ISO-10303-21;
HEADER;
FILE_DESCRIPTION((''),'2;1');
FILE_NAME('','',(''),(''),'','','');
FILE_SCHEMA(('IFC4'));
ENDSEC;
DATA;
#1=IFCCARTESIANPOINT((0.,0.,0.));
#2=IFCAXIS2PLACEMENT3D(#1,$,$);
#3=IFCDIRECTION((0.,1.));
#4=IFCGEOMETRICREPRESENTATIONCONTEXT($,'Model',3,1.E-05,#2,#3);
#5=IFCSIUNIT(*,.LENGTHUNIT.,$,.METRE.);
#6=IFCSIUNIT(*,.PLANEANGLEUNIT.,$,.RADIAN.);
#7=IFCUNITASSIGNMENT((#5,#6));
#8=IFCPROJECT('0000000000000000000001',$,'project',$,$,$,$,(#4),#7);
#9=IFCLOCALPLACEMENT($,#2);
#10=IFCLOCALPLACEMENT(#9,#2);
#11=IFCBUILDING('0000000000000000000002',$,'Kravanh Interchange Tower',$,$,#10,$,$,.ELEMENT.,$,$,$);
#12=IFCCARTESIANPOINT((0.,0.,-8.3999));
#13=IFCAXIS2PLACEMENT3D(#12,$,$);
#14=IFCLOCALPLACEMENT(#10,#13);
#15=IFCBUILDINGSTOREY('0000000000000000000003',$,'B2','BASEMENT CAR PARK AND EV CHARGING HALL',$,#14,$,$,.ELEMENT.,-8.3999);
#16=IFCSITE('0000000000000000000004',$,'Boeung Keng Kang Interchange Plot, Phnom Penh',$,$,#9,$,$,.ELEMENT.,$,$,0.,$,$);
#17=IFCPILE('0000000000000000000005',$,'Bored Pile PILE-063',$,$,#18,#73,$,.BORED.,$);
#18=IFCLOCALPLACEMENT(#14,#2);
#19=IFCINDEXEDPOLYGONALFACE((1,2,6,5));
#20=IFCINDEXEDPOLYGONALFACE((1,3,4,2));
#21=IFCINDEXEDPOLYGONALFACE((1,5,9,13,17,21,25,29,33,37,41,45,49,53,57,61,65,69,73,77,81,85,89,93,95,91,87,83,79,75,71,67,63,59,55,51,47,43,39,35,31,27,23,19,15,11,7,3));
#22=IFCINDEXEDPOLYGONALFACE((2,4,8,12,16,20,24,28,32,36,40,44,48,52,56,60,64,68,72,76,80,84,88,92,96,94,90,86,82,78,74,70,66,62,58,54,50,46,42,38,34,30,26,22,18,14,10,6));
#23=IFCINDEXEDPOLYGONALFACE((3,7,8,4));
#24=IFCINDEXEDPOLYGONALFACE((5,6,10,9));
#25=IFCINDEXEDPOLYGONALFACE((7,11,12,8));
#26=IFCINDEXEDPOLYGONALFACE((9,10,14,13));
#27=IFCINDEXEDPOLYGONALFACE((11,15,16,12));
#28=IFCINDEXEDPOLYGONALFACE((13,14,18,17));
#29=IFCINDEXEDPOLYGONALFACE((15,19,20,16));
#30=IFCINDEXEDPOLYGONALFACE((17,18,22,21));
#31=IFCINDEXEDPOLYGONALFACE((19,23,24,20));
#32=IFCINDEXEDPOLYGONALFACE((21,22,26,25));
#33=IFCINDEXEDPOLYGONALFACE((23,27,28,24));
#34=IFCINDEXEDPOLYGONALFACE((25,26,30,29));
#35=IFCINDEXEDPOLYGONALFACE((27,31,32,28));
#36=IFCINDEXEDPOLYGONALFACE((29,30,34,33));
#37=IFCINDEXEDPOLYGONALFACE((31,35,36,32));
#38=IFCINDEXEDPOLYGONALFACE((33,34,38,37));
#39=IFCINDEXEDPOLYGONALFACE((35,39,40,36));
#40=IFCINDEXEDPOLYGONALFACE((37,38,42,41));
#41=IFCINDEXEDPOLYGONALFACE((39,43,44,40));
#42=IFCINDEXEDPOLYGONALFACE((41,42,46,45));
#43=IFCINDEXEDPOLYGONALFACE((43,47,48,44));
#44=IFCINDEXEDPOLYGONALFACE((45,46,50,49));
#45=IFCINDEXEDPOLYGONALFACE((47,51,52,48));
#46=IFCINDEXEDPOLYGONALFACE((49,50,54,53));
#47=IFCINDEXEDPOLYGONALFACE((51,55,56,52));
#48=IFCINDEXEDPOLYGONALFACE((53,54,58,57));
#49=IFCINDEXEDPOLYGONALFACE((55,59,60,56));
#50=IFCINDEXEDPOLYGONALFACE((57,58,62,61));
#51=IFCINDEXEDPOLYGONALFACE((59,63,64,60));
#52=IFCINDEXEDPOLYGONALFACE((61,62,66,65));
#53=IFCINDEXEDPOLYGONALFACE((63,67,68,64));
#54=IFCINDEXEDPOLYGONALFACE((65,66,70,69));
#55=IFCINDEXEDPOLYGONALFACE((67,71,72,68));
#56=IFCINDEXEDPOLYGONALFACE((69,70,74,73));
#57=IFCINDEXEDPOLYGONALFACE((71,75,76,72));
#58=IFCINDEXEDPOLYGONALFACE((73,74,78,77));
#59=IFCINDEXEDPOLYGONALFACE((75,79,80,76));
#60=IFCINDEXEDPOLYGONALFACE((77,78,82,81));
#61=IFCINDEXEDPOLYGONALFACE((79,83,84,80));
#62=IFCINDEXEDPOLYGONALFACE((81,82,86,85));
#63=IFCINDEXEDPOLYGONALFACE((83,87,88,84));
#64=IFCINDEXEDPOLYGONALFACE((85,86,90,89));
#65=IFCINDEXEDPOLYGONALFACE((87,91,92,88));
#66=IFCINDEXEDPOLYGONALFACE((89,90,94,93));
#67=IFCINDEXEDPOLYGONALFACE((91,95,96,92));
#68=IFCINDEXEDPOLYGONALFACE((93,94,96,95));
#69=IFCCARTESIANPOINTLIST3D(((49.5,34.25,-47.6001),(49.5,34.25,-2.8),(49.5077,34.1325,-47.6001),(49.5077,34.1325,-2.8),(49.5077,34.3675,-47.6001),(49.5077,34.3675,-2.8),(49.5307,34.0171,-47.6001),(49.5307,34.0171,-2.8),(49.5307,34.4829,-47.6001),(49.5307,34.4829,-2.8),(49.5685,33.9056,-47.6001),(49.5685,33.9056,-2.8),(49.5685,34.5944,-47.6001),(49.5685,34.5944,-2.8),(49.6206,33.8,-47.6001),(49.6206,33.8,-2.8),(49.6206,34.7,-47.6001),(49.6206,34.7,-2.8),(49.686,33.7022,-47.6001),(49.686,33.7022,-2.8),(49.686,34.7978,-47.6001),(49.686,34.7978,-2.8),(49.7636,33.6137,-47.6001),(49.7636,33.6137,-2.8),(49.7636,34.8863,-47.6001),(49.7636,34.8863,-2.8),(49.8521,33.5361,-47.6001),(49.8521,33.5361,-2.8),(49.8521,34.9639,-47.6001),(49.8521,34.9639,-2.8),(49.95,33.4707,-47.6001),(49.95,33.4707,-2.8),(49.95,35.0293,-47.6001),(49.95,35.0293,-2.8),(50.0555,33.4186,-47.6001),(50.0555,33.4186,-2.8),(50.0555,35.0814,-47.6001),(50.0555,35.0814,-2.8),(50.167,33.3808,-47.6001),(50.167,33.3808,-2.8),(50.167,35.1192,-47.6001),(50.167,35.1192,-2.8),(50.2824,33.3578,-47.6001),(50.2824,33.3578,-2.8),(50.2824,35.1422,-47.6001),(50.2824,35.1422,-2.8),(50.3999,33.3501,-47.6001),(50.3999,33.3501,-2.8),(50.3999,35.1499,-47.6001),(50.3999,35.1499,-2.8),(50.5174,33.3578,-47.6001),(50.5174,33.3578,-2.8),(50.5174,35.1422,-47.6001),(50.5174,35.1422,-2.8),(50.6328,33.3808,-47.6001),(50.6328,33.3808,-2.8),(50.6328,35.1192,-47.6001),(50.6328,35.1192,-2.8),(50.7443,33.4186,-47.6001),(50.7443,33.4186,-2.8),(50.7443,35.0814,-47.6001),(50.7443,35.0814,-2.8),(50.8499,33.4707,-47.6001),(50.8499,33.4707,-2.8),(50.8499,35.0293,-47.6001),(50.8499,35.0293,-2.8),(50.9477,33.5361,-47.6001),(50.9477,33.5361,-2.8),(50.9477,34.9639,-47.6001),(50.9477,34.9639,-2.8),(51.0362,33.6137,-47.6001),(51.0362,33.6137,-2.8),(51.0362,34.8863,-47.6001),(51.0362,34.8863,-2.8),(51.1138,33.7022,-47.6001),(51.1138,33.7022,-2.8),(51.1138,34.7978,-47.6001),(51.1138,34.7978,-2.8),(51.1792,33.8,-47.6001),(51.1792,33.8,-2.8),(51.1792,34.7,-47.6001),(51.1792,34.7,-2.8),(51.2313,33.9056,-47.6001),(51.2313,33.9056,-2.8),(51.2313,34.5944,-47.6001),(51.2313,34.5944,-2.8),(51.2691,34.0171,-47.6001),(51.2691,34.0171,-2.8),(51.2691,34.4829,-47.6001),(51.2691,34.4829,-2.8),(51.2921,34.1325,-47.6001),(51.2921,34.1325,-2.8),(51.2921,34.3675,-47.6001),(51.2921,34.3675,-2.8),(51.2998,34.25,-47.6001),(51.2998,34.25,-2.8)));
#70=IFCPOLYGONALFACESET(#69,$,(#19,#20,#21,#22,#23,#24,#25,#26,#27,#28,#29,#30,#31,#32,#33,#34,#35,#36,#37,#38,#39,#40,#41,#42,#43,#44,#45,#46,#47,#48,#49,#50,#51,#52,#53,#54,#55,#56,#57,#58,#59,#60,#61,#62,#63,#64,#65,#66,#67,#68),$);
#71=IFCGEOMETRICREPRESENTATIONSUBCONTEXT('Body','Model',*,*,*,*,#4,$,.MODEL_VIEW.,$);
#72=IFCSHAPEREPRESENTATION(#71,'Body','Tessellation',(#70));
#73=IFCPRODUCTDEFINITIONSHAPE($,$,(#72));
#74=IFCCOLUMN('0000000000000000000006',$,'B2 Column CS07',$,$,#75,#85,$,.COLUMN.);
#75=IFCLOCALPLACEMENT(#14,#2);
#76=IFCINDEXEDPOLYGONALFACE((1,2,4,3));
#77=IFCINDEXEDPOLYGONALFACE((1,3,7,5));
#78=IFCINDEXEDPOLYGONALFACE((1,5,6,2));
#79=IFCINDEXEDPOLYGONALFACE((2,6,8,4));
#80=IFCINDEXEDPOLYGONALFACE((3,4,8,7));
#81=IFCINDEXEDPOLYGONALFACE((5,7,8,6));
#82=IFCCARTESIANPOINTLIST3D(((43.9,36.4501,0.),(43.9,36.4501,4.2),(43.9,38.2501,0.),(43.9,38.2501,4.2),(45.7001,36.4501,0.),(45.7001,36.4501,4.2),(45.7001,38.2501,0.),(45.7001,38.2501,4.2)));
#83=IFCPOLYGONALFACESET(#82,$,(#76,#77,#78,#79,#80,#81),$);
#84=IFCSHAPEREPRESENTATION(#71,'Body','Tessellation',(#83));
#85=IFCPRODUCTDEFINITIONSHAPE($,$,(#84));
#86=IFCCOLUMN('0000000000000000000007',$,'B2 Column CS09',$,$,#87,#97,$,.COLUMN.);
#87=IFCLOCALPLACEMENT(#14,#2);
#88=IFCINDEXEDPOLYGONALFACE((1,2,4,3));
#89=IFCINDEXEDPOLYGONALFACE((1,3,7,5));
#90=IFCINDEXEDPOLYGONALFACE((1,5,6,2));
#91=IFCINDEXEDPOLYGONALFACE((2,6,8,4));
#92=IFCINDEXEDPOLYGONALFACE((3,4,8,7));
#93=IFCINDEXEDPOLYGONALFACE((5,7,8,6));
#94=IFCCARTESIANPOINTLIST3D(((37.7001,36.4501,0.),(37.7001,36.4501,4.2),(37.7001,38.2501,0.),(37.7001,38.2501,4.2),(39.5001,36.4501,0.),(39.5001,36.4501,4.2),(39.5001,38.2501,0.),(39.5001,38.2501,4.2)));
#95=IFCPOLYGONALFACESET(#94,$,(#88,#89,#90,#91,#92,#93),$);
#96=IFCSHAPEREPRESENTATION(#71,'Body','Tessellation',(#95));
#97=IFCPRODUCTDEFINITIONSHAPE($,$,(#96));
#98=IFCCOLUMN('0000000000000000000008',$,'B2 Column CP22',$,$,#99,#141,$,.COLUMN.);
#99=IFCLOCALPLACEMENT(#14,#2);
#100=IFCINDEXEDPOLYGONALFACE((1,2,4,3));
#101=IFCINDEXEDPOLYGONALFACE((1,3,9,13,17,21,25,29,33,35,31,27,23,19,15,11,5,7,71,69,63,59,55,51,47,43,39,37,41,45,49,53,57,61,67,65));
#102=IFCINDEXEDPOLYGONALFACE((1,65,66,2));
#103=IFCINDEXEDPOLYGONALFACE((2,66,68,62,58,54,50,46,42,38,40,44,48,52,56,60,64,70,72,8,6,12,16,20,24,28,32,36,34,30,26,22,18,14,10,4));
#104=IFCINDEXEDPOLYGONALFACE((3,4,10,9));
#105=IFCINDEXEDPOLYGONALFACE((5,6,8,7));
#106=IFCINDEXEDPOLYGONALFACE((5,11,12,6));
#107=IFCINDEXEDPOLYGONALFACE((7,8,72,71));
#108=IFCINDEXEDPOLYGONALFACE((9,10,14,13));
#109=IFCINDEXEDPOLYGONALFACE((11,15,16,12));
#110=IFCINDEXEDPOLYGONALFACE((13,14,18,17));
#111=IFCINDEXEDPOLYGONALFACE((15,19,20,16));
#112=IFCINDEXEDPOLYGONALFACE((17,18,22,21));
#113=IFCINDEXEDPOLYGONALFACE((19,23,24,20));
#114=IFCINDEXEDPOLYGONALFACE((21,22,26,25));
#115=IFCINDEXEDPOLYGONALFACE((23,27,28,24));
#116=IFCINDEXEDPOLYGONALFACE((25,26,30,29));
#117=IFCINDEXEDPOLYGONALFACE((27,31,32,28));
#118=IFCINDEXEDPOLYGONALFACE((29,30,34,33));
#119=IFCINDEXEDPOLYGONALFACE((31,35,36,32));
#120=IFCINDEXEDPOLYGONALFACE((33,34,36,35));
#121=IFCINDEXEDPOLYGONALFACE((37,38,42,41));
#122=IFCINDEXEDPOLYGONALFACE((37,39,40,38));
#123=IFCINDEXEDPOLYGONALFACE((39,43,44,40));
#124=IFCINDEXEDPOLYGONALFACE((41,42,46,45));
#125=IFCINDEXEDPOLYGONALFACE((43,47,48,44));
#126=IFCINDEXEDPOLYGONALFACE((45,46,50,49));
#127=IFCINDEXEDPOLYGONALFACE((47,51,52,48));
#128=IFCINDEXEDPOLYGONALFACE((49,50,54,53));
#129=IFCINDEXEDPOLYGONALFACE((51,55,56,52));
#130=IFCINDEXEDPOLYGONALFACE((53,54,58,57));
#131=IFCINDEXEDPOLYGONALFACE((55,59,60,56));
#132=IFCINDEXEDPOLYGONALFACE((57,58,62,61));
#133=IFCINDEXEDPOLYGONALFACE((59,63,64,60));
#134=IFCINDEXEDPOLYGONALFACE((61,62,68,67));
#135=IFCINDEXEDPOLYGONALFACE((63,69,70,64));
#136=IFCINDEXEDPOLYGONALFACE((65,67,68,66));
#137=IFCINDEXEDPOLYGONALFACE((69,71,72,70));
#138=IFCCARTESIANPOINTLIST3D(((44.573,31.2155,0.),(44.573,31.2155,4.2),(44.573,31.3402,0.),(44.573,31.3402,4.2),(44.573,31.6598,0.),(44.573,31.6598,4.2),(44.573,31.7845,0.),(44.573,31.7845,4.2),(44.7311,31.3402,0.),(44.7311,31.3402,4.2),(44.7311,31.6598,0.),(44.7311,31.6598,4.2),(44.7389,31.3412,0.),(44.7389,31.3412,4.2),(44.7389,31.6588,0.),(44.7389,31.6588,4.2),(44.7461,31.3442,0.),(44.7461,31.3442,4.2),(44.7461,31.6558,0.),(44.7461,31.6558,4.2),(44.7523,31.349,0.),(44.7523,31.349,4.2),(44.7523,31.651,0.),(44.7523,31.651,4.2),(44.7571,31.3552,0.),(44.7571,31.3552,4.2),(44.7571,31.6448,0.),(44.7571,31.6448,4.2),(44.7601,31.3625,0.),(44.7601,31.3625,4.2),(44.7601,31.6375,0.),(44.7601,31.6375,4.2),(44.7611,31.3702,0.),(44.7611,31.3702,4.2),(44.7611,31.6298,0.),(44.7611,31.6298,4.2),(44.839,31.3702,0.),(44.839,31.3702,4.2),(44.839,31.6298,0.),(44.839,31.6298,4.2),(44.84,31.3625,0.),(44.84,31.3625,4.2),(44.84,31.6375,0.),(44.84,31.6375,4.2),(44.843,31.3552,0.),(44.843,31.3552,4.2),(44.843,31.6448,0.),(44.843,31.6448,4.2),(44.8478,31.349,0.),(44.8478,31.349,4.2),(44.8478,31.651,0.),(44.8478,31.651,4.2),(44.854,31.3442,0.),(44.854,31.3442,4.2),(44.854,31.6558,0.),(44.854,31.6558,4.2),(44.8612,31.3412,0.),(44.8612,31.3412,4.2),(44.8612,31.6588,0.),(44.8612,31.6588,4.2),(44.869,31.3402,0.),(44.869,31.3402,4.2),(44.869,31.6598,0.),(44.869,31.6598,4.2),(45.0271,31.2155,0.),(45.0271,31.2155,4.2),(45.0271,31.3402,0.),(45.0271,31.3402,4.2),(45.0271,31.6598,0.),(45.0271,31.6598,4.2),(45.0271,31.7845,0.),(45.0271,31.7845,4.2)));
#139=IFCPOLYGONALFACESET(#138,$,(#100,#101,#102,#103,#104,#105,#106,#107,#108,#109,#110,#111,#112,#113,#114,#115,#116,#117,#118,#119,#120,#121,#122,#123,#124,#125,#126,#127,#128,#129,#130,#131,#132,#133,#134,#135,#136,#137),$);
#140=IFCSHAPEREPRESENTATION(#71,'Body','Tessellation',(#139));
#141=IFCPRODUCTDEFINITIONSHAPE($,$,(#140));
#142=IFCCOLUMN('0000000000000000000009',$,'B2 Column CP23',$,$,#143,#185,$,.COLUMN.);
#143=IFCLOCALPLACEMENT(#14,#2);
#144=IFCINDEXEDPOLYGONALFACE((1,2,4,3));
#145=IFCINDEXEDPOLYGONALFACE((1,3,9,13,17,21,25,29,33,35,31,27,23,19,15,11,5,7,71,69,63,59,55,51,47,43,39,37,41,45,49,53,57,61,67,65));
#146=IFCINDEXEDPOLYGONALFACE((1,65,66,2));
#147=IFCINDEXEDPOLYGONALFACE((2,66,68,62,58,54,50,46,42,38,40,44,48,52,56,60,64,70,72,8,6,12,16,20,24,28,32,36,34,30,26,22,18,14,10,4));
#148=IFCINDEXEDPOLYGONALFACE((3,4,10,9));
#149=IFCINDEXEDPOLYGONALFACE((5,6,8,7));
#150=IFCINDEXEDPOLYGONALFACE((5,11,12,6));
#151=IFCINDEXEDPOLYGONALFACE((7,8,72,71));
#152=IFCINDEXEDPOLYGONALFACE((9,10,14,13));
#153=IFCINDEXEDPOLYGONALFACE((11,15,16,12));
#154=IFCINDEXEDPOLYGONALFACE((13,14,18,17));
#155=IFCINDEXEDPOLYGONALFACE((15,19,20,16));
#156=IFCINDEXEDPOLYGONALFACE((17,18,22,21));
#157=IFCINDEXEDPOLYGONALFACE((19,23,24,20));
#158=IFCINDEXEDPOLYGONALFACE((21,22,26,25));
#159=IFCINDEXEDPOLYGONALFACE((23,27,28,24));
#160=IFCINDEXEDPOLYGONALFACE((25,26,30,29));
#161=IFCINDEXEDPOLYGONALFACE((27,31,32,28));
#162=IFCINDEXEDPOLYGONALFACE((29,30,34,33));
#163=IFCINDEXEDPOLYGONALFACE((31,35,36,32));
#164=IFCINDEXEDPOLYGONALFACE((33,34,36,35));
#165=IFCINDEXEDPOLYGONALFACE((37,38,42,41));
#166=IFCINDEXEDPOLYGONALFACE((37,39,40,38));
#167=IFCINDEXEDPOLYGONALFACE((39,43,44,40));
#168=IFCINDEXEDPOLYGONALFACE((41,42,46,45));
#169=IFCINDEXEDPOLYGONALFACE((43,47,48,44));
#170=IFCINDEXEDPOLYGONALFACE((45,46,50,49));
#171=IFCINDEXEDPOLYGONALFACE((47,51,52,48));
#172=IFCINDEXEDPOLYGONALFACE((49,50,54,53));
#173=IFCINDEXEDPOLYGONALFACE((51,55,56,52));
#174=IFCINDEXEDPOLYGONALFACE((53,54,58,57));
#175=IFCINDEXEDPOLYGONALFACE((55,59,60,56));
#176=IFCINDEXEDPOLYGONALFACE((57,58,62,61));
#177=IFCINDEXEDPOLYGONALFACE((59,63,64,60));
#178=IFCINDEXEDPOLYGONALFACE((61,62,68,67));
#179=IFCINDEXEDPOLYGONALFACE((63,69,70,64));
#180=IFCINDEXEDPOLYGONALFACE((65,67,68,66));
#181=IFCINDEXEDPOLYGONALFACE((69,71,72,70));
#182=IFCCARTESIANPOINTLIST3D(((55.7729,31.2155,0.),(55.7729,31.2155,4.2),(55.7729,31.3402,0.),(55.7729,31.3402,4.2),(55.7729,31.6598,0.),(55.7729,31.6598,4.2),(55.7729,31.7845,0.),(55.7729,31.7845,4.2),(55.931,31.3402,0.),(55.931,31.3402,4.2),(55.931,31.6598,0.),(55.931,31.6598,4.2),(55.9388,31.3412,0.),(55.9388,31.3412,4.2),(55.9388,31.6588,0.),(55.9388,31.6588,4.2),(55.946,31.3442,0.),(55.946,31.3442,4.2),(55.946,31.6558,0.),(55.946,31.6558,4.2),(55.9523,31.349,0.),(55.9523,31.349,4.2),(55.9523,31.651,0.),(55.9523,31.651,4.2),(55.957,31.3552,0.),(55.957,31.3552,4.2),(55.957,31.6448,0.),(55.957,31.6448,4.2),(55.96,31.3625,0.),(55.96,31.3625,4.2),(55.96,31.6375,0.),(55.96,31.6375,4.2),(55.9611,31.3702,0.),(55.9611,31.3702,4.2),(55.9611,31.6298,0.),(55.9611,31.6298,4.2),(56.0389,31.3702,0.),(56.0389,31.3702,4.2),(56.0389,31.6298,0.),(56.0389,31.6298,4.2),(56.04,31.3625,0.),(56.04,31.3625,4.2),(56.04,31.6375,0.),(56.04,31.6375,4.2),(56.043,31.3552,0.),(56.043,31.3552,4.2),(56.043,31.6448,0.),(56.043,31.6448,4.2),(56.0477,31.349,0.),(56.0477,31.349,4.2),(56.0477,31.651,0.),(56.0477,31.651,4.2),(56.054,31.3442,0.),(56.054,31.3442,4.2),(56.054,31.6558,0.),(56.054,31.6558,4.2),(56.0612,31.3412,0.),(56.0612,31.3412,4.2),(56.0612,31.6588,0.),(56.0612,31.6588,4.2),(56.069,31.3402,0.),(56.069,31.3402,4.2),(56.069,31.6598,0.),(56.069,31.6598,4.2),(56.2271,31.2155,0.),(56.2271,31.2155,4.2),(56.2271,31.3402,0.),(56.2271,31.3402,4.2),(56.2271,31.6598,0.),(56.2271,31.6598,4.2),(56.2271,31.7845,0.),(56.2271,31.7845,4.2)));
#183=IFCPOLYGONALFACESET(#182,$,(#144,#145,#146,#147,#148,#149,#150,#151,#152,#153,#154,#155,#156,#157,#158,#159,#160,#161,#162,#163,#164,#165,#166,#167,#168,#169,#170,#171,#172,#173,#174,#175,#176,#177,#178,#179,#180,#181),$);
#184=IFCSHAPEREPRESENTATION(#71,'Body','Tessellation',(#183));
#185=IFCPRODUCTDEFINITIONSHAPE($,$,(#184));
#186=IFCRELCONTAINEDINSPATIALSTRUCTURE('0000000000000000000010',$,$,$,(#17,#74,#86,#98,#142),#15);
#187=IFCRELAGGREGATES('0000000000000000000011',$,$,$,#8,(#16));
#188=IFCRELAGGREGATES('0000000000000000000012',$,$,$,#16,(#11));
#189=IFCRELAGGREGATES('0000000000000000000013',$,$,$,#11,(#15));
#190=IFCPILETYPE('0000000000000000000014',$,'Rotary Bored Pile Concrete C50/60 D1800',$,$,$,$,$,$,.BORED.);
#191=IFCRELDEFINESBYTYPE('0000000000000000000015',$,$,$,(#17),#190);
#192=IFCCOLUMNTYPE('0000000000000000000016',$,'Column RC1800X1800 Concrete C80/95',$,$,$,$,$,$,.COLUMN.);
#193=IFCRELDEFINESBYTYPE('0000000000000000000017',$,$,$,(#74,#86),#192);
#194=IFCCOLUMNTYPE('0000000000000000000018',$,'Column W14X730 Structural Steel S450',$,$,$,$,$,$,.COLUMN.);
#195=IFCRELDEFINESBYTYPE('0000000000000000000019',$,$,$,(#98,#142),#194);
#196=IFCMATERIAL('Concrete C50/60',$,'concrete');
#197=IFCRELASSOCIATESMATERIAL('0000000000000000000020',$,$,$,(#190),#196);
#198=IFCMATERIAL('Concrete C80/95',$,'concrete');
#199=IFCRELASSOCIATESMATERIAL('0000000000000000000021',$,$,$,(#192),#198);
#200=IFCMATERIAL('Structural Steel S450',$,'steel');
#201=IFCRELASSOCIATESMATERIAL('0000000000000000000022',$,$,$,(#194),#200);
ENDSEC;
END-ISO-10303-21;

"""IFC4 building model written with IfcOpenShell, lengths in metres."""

from ifc_helpers import new_model, si_unit, direction, frame, origin, origin_2d, place, context, subcontext, project, spatial, rectangle, circle, i_section, extrude, material, material_profile, profile_set, type_object, element, save


model = new_model("IFC4")

# Units and contexts
model_context = context("Model", 3, precision=1e-05, world=origin(), true_north=direction((0.0, 1.0)))
body_context = subcontext(model_context, "Body", "Model", "MODEL_VIEW")
ifc_project = project(units=[si_unit("LENGTHUNIT", "METRE"), si_unit("PLANEANGLEUNIT", "RADIAN")], contexts=[model_context])

# Site, building, storey
site_placement = place(None, origin())
site = spatial("IfcSite", under=ifc_project, at=site_placement, Name="Boeung Keng Kang Interchange Plot, Phnom Penh", CompositionType="ELEMENT", RefElevation=0.0)
building_placement = place(site_placement, origin())
building = spatial("IfcBuilding", under=site, at=building_placement, Name="Kravanh Interchange Tower", CompositionType="ELEMENT")
storey_placement = place(building_placement, frame((0.0, 0.0, -8.3999)))
storey = spatial("IfcBuildingStorey", under=building, at=storey_placement, Name="B2", Description="BASEMENT CAR PARK AND EV CHARGING HALL", CompositionType="ELEMENT", Elevation=-8.3999)

# Pile
ifc_material_1 = material(Name="Concrete C50/60", Category="concrete")
ifc_material_profile_1 = material_profile(ifc_material_1, circle(Radius=0.8999, at=origin_2d()), Name="PILE-D1800")
ifc_profile_set_1 = profile_set([ifc_material_profile_1], Name="Concrete C50/60")
pile_type = type_object("IfcPileType", Name="Rotary Bored Pile Concrete C50/60 D1800", PredefinedType="BORED", material=ifc_profile_set_1)
for number, where, z_axis, x_axis, name in (
    (1, (50.3999, 34.25, -2.8), (0.0, 0.0, -1.0), (1.0, 0.0, 0.0), "Bored Pile PILE-063"),
):
    element("IfcPile", number, at=place(storey_placement, frame(where, z_axis=z_axis, x_axis=x_axis)), inside=storey, type_object=pile_type, Name=name, PredefinedType="BORED", context=body_context, shape_type="SweptSolid", body=[
        extrude(circle(Radius=0.8999, at=origin_2d()), origin(), (0.0, 0.0, 1.0), 44.8),
    ])

# Columns
ifc_material_2 = material(Name="Concrete C80/95", Category="concrete")
ifc_material_profile_2 = material_profile(ifc_material_2, rectangle(XDim=1.8, YDim=1.8, at=origin_2d()), Name="RC1800X1800")
ifc_profile_set_2 = profile_set([ifc_material_profile_2], Name="Concrete C80/95")
column_type_1 = type_object("IfcColumnType", Name="Column RC1800X1800 Concrete C80/95", PredefinedType="COLUMN", material=ifc_profile_set_2)
for number, where, z_axis, x_axis, name in (
    (2, (44.8, 37.3501, 0.0), (0.0, 0.0, 1.0), (1.0, 0.0, 0.0), "B2 Column CS07"),
    (3, (38.6001, 37.3501, 0.0), (0.0, 0.0, 1.0), (1.0, 0.0, 0.0), "B2 Column CS09"),
):
    element("IfcColumn", number, at=place(storey_placement, frame(where, z_axis=z_axis, x_axis=x_axis)), inside=storey, type_object=column_type_1, Name=name, PredefinedType="COLUMN", context=body_context, shape_type="SweptSolid", body=[
        extrude(rectangle(XDim=1.8, YDim=1.8, at=origin_2d()), origin(), (0.0, 0.0, 1.0), 4.2),
    ])
ifc_material_3 = material(Name="Structural Steel S450", Category="steel")
ifc_material_profile_3 = material_profile(ifc_material_3, i_section(OverallWidth=0.4541, OverallDepth=0.5691, WebThickness=0.0779, FlangeThickness=0.1248, FilletRadius=0.03, at=origin_2d()), Name="W14X730")
ifc_profile_set_3 = profile_set([ifc_material_profile_3], Name="Structural Steel S450")
column_type_2 = type_object("IfcColumnType", Name="Column W14X730 Structural Steel S450", PredefinedType="COLUMN", material=ifc_profile_set_3)
for number, where, z_axis, x_axis, name in (
    (4, (44.8, 31.5, 0.0), (0.0, 0.0, 1.0), (1.0, 0.0, 0.0), "B2 Column CP22"),
    (5, (56.0, 31.5, 0.0), (0.0, 0.0, 1.0), (1.0, 0.0, 0.0), "B2 Column CP23"),
):
    element("IfcColumn", number, at=place(storey_placement, frame(where, z_axis=z_axis, x_axis=x_axis)), inside=storey, type_object=column_type_2, Name=name, PredefinedType="COLUMN", context=body_context, shape_type="SweptSolid", body=[
        extrude(i_section(OverallWidth=0.4541, OverallDepth=0.5691, WebThickness=0.0779, FlangeThickness=0.1248, FilletRadius=0.03, at=origin_2d()), origin(), (0.0, 0.0, 1.0), 4.2),
    ])

save(model, "model.ifc")
